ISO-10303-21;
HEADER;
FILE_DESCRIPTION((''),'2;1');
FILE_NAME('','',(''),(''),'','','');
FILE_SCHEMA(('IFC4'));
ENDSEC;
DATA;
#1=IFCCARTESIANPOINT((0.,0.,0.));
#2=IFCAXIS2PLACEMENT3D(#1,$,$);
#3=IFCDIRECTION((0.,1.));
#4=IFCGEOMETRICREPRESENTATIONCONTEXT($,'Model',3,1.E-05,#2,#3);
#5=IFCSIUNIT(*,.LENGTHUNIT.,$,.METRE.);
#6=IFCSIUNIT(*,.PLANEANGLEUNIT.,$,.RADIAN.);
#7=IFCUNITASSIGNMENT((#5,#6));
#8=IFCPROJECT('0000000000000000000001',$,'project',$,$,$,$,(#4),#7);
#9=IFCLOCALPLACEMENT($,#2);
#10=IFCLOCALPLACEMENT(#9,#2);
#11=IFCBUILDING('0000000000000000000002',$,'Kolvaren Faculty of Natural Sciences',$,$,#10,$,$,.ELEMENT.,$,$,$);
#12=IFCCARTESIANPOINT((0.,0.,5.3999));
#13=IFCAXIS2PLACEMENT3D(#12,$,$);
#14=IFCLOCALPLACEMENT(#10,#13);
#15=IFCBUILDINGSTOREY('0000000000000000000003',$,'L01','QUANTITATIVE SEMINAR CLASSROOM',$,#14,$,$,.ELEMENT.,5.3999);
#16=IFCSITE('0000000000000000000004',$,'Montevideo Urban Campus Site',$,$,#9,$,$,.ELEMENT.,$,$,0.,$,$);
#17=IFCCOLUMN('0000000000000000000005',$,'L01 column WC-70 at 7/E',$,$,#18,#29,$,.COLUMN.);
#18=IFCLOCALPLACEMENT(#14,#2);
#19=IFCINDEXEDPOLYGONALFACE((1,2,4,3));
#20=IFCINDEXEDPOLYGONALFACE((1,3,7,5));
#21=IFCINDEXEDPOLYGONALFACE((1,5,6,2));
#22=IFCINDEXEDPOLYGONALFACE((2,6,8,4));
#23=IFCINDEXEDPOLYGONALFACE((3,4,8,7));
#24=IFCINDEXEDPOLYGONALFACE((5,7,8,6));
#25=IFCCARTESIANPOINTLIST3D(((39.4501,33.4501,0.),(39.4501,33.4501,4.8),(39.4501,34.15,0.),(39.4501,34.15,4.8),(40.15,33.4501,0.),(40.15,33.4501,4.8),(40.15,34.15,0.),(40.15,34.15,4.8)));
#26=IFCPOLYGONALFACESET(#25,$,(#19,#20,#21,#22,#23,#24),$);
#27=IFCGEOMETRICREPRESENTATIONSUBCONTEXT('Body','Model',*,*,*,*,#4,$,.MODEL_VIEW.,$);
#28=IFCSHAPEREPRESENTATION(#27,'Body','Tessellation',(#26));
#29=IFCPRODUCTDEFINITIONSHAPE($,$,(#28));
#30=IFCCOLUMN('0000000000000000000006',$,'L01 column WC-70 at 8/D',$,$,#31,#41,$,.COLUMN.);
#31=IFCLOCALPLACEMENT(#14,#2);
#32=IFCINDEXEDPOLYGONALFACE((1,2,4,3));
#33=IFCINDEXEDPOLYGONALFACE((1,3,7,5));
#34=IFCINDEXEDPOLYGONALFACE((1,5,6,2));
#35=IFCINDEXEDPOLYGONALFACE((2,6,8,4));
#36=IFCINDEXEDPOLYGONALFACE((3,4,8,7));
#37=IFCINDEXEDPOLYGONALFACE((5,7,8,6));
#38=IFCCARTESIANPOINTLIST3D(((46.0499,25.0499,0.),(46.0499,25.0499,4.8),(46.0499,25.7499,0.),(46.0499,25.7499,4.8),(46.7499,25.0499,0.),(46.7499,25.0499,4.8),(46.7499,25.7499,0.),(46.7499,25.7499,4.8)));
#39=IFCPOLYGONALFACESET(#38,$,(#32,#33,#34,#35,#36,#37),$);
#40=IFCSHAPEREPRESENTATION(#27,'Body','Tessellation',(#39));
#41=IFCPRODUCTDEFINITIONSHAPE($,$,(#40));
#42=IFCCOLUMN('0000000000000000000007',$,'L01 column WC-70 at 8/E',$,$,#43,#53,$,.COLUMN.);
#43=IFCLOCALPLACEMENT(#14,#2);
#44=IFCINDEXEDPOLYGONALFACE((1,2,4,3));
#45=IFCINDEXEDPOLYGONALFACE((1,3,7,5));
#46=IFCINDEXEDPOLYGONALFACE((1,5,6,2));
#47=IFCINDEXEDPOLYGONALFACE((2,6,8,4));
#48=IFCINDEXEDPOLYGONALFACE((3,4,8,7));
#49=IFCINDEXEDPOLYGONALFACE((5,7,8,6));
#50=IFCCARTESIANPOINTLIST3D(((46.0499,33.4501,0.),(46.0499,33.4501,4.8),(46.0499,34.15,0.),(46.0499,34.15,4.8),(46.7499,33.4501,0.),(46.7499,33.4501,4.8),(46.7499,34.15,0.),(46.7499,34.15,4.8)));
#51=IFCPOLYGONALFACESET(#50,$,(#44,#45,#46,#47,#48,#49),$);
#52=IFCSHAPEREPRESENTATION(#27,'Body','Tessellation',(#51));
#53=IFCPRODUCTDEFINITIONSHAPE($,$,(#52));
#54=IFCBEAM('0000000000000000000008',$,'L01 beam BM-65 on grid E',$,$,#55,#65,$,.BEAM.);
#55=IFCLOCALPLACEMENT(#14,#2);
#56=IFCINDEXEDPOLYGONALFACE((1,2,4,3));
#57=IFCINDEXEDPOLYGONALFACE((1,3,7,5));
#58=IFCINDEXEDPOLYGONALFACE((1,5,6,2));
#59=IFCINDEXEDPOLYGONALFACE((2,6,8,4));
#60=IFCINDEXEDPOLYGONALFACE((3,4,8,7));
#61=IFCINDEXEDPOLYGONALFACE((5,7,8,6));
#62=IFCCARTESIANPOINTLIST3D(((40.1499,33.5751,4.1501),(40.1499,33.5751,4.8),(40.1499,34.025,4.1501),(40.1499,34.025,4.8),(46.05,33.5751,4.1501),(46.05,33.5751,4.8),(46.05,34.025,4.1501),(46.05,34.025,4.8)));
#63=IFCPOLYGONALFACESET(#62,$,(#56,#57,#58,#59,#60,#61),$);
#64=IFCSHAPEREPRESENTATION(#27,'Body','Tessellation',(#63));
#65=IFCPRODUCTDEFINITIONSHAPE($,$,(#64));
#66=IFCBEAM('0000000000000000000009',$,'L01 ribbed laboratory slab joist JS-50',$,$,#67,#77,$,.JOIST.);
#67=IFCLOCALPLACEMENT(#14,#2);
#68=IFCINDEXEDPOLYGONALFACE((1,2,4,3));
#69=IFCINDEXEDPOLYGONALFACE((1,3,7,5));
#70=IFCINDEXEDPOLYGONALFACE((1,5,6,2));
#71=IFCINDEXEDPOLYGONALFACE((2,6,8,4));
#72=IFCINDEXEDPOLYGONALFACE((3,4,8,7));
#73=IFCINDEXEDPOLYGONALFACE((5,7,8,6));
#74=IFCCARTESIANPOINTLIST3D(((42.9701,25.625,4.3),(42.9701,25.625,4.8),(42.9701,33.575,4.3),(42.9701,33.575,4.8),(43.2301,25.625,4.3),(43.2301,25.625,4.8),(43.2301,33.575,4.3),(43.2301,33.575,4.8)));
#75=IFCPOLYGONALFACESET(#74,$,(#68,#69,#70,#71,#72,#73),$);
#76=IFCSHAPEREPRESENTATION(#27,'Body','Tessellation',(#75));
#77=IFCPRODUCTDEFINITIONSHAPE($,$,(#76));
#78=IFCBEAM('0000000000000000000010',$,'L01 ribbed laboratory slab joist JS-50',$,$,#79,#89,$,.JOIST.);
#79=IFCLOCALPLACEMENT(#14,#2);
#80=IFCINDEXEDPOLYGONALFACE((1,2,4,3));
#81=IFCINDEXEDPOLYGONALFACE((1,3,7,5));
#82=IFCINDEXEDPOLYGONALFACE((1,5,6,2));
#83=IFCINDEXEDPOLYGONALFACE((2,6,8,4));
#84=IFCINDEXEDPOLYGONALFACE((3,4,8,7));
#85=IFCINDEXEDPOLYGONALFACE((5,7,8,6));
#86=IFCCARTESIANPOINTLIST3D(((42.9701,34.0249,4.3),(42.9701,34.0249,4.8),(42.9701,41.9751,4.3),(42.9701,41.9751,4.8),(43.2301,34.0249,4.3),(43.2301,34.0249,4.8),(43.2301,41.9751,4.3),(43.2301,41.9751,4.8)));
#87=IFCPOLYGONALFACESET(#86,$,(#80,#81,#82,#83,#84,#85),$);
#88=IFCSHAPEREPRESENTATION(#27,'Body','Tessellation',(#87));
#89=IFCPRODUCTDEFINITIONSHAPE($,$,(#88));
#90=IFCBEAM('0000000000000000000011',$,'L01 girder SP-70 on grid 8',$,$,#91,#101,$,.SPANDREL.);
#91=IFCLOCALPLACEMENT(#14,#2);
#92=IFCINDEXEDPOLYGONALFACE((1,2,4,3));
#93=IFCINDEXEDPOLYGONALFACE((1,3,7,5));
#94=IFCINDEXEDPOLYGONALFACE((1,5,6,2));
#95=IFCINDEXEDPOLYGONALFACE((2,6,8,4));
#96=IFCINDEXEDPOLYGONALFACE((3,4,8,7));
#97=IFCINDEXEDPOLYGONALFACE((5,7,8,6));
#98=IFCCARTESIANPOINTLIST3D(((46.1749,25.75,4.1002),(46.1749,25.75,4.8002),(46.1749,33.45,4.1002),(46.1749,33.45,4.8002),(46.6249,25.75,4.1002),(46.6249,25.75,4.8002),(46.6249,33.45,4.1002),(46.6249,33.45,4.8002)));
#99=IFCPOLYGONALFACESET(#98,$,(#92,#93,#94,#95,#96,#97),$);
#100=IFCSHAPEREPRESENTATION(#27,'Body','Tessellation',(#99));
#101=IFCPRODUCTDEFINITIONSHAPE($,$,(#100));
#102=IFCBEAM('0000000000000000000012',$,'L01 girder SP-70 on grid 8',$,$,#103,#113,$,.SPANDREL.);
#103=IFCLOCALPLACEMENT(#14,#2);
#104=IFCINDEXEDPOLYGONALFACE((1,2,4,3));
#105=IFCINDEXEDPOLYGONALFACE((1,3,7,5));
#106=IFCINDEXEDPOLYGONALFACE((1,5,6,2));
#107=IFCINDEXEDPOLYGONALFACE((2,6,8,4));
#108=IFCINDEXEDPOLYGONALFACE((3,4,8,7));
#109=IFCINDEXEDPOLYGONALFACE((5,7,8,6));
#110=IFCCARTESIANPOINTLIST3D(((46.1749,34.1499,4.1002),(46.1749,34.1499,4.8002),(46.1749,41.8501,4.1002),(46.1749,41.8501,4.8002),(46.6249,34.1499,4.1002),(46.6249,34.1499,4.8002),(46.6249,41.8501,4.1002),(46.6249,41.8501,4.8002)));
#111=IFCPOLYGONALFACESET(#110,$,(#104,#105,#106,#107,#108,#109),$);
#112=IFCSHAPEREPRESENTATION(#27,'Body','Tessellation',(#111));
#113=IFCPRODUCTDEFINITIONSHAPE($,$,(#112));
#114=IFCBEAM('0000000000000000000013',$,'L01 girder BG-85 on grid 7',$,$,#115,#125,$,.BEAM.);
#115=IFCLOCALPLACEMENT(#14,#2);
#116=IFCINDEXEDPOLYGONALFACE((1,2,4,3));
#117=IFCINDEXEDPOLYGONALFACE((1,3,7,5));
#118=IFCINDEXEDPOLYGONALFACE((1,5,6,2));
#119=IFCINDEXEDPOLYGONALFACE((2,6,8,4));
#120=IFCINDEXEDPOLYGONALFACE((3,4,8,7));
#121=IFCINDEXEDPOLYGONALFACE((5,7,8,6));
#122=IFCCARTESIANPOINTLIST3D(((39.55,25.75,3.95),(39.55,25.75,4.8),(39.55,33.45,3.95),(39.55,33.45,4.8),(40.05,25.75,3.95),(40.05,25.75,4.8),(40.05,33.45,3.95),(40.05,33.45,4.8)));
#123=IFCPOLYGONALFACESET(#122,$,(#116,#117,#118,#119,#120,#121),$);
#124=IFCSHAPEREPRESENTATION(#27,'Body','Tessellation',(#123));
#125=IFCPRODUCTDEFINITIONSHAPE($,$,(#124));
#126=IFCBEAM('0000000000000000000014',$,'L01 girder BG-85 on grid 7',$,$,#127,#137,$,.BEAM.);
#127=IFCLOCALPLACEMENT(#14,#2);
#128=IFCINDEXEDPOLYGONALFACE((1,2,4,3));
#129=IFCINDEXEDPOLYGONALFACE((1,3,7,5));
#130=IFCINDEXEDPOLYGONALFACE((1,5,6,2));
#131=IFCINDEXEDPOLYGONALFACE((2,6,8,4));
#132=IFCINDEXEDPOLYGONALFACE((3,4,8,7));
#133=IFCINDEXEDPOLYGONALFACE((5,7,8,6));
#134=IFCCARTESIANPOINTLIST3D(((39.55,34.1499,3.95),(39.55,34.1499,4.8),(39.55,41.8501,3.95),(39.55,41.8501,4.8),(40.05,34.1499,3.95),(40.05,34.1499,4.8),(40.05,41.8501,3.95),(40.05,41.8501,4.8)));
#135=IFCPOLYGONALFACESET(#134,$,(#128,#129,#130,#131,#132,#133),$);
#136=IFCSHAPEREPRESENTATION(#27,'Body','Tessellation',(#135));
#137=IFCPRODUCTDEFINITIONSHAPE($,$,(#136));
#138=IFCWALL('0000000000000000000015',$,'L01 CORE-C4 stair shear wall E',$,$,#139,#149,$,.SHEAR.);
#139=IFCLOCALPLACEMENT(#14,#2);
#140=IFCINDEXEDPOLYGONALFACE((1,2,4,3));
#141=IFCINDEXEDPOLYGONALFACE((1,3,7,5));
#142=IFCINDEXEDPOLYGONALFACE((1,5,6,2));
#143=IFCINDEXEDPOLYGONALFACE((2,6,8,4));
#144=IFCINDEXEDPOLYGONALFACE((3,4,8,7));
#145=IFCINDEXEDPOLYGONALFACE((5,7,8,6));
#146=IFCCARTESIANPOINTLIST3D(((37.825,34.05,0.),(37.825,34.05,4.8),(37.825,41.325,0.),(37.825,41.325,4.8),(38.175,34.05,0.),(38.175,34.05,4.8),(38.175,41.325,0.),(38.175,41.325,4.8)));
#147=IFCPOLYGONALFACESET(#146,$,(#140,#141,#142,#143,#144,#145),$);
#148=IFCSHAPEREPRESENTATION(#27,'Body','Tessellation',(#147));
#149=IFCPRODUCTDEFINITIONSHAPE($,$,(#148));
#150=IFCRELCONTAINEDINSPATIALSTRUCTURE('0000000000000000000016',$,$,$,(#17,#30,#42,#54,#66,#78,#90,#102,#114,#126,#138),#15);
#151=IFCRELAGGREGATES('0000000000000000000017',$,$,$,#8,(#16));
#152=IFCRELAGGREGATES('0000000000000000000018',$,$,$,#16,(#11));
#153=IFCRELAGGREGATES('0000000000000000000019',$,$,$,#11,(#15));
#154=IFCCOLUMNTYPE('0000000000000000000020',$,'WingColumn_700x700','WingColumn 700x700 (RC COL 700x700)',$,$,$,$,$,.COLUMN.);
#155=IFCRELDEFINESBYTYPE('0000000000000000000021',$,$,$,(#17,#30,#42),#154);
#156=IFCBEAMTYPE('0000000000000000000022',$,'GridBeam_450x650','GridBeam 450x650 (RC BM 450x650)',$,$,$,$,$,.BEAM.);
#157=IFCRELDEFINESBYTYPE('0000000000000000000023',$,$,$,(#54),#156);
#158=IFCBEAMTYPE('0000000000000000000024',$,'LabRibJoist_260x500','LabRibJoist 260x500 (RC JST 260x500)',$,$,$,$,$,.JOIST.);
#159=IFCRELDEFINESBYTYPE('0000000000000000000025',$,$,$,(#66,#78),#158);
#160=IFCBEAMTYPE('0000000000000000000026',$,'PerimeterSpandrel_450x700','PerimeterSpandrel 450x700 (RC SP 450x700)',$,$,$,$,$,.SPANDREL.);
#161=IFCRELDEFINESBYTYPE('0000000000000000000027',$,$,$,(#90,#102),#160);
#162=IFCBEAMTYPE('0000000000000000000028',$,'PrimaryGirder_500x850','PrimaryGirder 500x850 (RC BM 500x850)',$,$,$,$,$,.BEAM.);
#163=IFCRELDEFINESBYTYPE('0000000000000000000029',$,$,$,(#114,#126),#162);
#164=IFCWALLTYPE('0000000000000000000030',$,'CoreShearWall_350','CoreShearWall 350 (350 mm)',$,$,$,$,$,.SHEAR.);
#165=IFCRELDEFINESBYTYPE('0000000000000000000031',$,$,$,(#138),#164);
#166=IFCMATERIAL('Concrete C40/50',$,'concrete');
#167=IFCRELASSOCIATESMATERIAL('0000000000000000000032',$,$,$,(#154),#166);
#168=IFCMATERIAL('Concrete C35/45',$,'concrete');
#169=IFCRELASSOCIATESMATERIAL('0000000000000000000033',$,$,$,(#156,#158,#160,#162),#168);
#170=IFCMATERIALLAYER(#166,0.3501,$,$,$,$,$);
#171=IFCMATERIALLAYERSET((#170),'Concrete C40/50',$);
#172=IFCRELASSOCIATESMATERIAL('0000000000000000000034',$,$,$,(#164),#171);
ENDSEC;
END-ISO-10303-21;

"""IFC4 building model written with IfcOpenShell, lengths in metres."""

from ifc_helpers import new_model, si_unit, direction, frame, frame_2d, origin, origin_2d, place, context, subcontext, project, spatial, rectangle, extrude, material, layer, layer_set, material_profile, profile_set, type_object, element, save


model = new_model("IFC4")

# Units and contexts
model_context = context("Model", 3, precision=1e-05, world=origin(), true_north=direction((0.0, 1.0)))
body_context = subcontext(model_context, "Body", "Model", "MODEL_VIEW")
ifc_project = project(units=[si_unit("LENGTHUNIT", "METRE"), si_unit("PLANEANGLEUNIT", "RADIAN")], contexts=[model_context])

# Site, building, storey
site_placement = place(None, origin())
site = spatial("IfcSite", under=ifc_project, at=site_placement, Name="Montevideo Urban Campus Site", CompositionType="ELEMENT", RefElevation=0.0)
building_placement = place(site_placement, origin())
building = spatial("IfcBuilding", under=site, at=building_placement, Name="Kolvaren Faculty of Natural Sciences", CompositionType="ELEMENT")
storey_placement = place(building_placement, frame((0.0, 0.0, 5.3999)))
storey = spatial("IfcBuildingStorey", under=building, at=storey_placement, Name="L01", Description="QUANTITATIVE SEMINAR CLASSROOM", CompositionType="ELEMENT", Elevation=5.3999)

# Columns
ifc_material_1 = material(Name="Concrete C40/50", Category="concrete")
ifc_material_profile_1 = material_profile(ifc_material_1, rectangle(XDim=0.7, YDim=0.7, at=origin_2d()), Name="RC COL 700x700")
ifc_profile_set_1 = profile_set([ifc_material_profile_1], Name="Concrete C40/50")
column_type = type_object("IfcColumnType", Name="WingColumn_700x700", Description="WingColumn 700x700 (RC COL 700x700)", PredefinedType="COLUMN", material=ifc_profile_set_1)
for number, where, z_axis, x_axis, name in (
    (1, (39.8, 33.8, 0.0), (0.0, 0.0, 1.0), (1.0, 0.0, 0.0), "L01 column WC-70 at 7/E"),
    (2, (46.3999, 25.3999, 0.0), (0.0, 0.0, 1.0), (1.0, 0.0, 0.0), "L01 column WC-70 at 8/D"),
    (3, (46.3999, 33.8, 0.0), (0.0, 0.0, 1.0), (1.0, 0.0, 0.0), "L01 column WC-70 at 8/E"),
):
    element("IfcColumn", number, at=place(storey_placement, frame(where, z_axis=z_axis, x_axis=x_axis)), inside=storey, type_object=column_type, Name=name, PredefinedType="COLUMN", context=body_context, shape_type="SweptSolid", body=[
        extrude(rectangle(XDim=0.7, YDim=0.7, at=origin_2d()), origin(), (0.0, 0.0, 1.0), 4.8),
    ])

# Beams
ifc_material_2 = material(Name="Concrete C35/45", Category="concrete")
ifc_material_profile_2 = material_profile(ifc_material_2, rectangle(XDim=0.45, YDim=0.6499, at=origin_2d()), Name="RC BM 450x650")
ifc_profile_set_2 = profile_set([ifc_material_profile_2], Name="Concrete C35/45")
beam_type_1 = type_object("IfcBeamType", Name="GridBeam_450x650", Description="GridBeam 450x650 (RC BM 450x650)", PredefinedType="BEAM", material=ifc_profile_set_2)
beam_1_placement = place(storey_placement, frame((40.1499, 33.8, 4.4751), z_axis=(1.0, 0.0, 0.0), x_axis=(0.0, 1.0, 0.0)))
element("IfcBeam", 4, at=beam_1_placement, inside=storey, type_object=beam_type_1, Name="L01 beam BM-65 on grid E", PredefinedType="BEAM", context=body_context, shape_type="SweptSolid", body=[
    extrude(rectangle(XDim=0.45, YDim=0.6499, at=origin_2d()), origin(), (0.0, 0.0, 1.0), 5.9001),
])
ifc_material_profile_3 = material_profile(ifc_material_2, rectangle(XDim=0.26, YDim=0.5, at=origin_2d()), Name="RC JST 260x500")
ifc_profile_set_3 = profile_set([ifc_material_profile_3], Name="Concrete C35/45")
beam_type_2 = type_object("IfcBeamType", Name="LabRibJoist_260x500", Description="LabRibJoist 260x500 (RC JST 260x500)", PredefinedType="JOIST", material=ifc_profile_set_3)
beam_2_placement = place(storey_placement, frame((43.1001, 25.625, 4.55), z_axis=(0.0, 1.0, 0.0), x_axis=(-1.0, 0.0, 0.0)))
element("IfcBeam", 5, at=beam_2_placement, inside=storey, type_object=beam_type_2, Name="L01 ribbed laboratory slab joist JS-50", PredefinedType="JOIST", context=body_context, shape_type="SweptSolid", body=[
    extrude(rectangle(XDim=0.26, YDim=0.5, at=origin_2d()), origin(), (0.0, 0.0, 1.0), 7.95),
])
beam_3_placement = place(storey_placement, frame((43.1001, 34.0249, 4.55), z_axis=(0.0, 1.0, 0.0), x_axis=(-1.0, 0.0, 0.0)))
element("IfcBeam", 6, at=beam_3_placement, inside=storey, type_object=beam_type_2, Name="L01 ribbed laboratory slab joist JS-50", PredefinedType="JOIST", context=body_context, shape_type="SweptSolid", body=[
    extrude(rectangle(XDim=0.26, YDim=0.5, at=origin_2d()), origin(), (0.0, 0.0, 1.0), 7.9502),
])
ifc_material_profile_4 = material_profile(ifc_material_2, rectangle(XDim=0.45, YDim=0.7, at=origin_2d()), Name="RC SP 450x700")
ifc_profile_set_4 = profile_set([ifc_material_profile_4], Name="Concrete C35/45")
beam_type_3 = type_object("IfcBeamType", Name="PerimeterSpandrel_450x700", Description="PerimeterSpandrel 450x700 (RC SP 450x700)", PredefinedType="SPANDREL", material=ifc_profile_set_4)
beam_4_placement = place(storey_placement, frame((46.3999, 25.75, 4.4502), z_axis=(0.0, 1.0, 0.0), x_axis=(-1.0, 0.0, 0.0)))
element("IfcBeam", 7, at=beam_4_placement, inside=storey, type_object=beam_type_3, Name="L01 girder SP-70 on grid 8", PredefinedType="SPANDREL", context=body_context, shape_type="SweptSolid", body=[
    extrude(rectangle(XDim=0.45, YDim=0.7, at=origin_2d()), origin(), (0.0, 0.0, 1.0), 7.7),
])
beam_5_placement = place(storey_placement, frame((46.3999, 34.1499, 4.4502), z_axis=(0.0, 1.0, 0.0), x_axis=(-1.0, 0.0, 0.0)))
element("IfcBeam", 8, at=beam_5_placement, inside=storey, type_object=beam_type_3, Name="L01 girder SP-70 on grid 8", PredefinedType="SPANDREL", context=body_context, shape_type="SweptSolid", body=[
    extrude(rectangle(XDim=0.45, YDim=0.7, at=origin_2d()), origin(), (0.0, 0.0, 1.0), 7.7002),
])
ifc_material_profile_5 = material_profile(ifc_material_2, rectangle(XDim=0.5, YDim=0.8501, at=origin_2d()), Name="RC BM 500x850")
ifc_profile_set_5 = profile_set([ifc_material_profile_5], Name="Concrete C35/45")
beam_type_4 = type_object("IfcBeamType", Name="PrimaryGirder_500x850", Description="PrimaryGirder 500x850 (RC BM 500x850)", PredefinedType="BEAM", material=ifc_profile_set_5)
beam_6_placement = place(storey_placement, frame((39.8, 25.75, 4.375), z_axis=(0.0, 1.0, 0.0), x_axis=(-1.0, 0.0, 0.0)))
element("IfcBeam", 9, at=beam_6_placement, inside=storey, type_object=beam_type_4, Name="L01 girder BG-85 on grid 7", PredefinedType="BEAM", context=body_context, shape_type="SweptSolid", body=[
    extrude(rectangle(XDim=0.5, YDim=0.8501, at=origin_2d()), origin(), (0.0, 0.0, 1.0), 7.7),
])
beam_7_placement = place(storey_placement, frame((39.8, 34.1499, 4.375), z_axis=(0.0, 1.0, 0.0), x_axis=(-1.0, 0.0, 0.0)))
element("IfcBeam", 10, at=beam_7_placement, inside=storey, type_object=beam_type_4, Name="L01 girder BG-85 on grid 7", PredefinedType="BEAM", context=body_context, shape_type="SweptSolid", body=[
    extrude(rectangle(XDim=0.5, YDim=0.8501, at=origin_2d()), origin(), (0.0, 0.0, 1.0), 7.7002),
])

# Wall
ifc_layer_1 = layer(ifc_material_1, 0.3501)
ifc_layer_set_1 = layer_set([ifc_layer_1], Name="Concrete C40/50")
wall_type_1 = type_object("IfcWallType", Name="CoreShearWall_350", Description="CoreShearWall 350 (350 mm)", PredefinedType="SHEAR", material=ifc_layer_set_1)
wall_1_placement = place(storey_placement, frame((38.0, 34.05, 0.0), z_axis=(0.0, 0.0, 1.0), x_axis=(0.0, 1.0, 0.0)))
element("IfcWall", 11, at=wall_1_placement, inside=storey, type_object=wall_type_1, Name="L01 CORE-C4 stair shear wall E", PredefinedType="SHEAR", context=body_context, shape_type="SweptSolid", body=[
    extrude(rectangle(XDim=7.2749, YDim=0.3501, at=frame_2d((3.6375, 0.0))), origin(), (0.0, 0.0, 1.0), 4.8),
])

save(model, "model.ifc")
